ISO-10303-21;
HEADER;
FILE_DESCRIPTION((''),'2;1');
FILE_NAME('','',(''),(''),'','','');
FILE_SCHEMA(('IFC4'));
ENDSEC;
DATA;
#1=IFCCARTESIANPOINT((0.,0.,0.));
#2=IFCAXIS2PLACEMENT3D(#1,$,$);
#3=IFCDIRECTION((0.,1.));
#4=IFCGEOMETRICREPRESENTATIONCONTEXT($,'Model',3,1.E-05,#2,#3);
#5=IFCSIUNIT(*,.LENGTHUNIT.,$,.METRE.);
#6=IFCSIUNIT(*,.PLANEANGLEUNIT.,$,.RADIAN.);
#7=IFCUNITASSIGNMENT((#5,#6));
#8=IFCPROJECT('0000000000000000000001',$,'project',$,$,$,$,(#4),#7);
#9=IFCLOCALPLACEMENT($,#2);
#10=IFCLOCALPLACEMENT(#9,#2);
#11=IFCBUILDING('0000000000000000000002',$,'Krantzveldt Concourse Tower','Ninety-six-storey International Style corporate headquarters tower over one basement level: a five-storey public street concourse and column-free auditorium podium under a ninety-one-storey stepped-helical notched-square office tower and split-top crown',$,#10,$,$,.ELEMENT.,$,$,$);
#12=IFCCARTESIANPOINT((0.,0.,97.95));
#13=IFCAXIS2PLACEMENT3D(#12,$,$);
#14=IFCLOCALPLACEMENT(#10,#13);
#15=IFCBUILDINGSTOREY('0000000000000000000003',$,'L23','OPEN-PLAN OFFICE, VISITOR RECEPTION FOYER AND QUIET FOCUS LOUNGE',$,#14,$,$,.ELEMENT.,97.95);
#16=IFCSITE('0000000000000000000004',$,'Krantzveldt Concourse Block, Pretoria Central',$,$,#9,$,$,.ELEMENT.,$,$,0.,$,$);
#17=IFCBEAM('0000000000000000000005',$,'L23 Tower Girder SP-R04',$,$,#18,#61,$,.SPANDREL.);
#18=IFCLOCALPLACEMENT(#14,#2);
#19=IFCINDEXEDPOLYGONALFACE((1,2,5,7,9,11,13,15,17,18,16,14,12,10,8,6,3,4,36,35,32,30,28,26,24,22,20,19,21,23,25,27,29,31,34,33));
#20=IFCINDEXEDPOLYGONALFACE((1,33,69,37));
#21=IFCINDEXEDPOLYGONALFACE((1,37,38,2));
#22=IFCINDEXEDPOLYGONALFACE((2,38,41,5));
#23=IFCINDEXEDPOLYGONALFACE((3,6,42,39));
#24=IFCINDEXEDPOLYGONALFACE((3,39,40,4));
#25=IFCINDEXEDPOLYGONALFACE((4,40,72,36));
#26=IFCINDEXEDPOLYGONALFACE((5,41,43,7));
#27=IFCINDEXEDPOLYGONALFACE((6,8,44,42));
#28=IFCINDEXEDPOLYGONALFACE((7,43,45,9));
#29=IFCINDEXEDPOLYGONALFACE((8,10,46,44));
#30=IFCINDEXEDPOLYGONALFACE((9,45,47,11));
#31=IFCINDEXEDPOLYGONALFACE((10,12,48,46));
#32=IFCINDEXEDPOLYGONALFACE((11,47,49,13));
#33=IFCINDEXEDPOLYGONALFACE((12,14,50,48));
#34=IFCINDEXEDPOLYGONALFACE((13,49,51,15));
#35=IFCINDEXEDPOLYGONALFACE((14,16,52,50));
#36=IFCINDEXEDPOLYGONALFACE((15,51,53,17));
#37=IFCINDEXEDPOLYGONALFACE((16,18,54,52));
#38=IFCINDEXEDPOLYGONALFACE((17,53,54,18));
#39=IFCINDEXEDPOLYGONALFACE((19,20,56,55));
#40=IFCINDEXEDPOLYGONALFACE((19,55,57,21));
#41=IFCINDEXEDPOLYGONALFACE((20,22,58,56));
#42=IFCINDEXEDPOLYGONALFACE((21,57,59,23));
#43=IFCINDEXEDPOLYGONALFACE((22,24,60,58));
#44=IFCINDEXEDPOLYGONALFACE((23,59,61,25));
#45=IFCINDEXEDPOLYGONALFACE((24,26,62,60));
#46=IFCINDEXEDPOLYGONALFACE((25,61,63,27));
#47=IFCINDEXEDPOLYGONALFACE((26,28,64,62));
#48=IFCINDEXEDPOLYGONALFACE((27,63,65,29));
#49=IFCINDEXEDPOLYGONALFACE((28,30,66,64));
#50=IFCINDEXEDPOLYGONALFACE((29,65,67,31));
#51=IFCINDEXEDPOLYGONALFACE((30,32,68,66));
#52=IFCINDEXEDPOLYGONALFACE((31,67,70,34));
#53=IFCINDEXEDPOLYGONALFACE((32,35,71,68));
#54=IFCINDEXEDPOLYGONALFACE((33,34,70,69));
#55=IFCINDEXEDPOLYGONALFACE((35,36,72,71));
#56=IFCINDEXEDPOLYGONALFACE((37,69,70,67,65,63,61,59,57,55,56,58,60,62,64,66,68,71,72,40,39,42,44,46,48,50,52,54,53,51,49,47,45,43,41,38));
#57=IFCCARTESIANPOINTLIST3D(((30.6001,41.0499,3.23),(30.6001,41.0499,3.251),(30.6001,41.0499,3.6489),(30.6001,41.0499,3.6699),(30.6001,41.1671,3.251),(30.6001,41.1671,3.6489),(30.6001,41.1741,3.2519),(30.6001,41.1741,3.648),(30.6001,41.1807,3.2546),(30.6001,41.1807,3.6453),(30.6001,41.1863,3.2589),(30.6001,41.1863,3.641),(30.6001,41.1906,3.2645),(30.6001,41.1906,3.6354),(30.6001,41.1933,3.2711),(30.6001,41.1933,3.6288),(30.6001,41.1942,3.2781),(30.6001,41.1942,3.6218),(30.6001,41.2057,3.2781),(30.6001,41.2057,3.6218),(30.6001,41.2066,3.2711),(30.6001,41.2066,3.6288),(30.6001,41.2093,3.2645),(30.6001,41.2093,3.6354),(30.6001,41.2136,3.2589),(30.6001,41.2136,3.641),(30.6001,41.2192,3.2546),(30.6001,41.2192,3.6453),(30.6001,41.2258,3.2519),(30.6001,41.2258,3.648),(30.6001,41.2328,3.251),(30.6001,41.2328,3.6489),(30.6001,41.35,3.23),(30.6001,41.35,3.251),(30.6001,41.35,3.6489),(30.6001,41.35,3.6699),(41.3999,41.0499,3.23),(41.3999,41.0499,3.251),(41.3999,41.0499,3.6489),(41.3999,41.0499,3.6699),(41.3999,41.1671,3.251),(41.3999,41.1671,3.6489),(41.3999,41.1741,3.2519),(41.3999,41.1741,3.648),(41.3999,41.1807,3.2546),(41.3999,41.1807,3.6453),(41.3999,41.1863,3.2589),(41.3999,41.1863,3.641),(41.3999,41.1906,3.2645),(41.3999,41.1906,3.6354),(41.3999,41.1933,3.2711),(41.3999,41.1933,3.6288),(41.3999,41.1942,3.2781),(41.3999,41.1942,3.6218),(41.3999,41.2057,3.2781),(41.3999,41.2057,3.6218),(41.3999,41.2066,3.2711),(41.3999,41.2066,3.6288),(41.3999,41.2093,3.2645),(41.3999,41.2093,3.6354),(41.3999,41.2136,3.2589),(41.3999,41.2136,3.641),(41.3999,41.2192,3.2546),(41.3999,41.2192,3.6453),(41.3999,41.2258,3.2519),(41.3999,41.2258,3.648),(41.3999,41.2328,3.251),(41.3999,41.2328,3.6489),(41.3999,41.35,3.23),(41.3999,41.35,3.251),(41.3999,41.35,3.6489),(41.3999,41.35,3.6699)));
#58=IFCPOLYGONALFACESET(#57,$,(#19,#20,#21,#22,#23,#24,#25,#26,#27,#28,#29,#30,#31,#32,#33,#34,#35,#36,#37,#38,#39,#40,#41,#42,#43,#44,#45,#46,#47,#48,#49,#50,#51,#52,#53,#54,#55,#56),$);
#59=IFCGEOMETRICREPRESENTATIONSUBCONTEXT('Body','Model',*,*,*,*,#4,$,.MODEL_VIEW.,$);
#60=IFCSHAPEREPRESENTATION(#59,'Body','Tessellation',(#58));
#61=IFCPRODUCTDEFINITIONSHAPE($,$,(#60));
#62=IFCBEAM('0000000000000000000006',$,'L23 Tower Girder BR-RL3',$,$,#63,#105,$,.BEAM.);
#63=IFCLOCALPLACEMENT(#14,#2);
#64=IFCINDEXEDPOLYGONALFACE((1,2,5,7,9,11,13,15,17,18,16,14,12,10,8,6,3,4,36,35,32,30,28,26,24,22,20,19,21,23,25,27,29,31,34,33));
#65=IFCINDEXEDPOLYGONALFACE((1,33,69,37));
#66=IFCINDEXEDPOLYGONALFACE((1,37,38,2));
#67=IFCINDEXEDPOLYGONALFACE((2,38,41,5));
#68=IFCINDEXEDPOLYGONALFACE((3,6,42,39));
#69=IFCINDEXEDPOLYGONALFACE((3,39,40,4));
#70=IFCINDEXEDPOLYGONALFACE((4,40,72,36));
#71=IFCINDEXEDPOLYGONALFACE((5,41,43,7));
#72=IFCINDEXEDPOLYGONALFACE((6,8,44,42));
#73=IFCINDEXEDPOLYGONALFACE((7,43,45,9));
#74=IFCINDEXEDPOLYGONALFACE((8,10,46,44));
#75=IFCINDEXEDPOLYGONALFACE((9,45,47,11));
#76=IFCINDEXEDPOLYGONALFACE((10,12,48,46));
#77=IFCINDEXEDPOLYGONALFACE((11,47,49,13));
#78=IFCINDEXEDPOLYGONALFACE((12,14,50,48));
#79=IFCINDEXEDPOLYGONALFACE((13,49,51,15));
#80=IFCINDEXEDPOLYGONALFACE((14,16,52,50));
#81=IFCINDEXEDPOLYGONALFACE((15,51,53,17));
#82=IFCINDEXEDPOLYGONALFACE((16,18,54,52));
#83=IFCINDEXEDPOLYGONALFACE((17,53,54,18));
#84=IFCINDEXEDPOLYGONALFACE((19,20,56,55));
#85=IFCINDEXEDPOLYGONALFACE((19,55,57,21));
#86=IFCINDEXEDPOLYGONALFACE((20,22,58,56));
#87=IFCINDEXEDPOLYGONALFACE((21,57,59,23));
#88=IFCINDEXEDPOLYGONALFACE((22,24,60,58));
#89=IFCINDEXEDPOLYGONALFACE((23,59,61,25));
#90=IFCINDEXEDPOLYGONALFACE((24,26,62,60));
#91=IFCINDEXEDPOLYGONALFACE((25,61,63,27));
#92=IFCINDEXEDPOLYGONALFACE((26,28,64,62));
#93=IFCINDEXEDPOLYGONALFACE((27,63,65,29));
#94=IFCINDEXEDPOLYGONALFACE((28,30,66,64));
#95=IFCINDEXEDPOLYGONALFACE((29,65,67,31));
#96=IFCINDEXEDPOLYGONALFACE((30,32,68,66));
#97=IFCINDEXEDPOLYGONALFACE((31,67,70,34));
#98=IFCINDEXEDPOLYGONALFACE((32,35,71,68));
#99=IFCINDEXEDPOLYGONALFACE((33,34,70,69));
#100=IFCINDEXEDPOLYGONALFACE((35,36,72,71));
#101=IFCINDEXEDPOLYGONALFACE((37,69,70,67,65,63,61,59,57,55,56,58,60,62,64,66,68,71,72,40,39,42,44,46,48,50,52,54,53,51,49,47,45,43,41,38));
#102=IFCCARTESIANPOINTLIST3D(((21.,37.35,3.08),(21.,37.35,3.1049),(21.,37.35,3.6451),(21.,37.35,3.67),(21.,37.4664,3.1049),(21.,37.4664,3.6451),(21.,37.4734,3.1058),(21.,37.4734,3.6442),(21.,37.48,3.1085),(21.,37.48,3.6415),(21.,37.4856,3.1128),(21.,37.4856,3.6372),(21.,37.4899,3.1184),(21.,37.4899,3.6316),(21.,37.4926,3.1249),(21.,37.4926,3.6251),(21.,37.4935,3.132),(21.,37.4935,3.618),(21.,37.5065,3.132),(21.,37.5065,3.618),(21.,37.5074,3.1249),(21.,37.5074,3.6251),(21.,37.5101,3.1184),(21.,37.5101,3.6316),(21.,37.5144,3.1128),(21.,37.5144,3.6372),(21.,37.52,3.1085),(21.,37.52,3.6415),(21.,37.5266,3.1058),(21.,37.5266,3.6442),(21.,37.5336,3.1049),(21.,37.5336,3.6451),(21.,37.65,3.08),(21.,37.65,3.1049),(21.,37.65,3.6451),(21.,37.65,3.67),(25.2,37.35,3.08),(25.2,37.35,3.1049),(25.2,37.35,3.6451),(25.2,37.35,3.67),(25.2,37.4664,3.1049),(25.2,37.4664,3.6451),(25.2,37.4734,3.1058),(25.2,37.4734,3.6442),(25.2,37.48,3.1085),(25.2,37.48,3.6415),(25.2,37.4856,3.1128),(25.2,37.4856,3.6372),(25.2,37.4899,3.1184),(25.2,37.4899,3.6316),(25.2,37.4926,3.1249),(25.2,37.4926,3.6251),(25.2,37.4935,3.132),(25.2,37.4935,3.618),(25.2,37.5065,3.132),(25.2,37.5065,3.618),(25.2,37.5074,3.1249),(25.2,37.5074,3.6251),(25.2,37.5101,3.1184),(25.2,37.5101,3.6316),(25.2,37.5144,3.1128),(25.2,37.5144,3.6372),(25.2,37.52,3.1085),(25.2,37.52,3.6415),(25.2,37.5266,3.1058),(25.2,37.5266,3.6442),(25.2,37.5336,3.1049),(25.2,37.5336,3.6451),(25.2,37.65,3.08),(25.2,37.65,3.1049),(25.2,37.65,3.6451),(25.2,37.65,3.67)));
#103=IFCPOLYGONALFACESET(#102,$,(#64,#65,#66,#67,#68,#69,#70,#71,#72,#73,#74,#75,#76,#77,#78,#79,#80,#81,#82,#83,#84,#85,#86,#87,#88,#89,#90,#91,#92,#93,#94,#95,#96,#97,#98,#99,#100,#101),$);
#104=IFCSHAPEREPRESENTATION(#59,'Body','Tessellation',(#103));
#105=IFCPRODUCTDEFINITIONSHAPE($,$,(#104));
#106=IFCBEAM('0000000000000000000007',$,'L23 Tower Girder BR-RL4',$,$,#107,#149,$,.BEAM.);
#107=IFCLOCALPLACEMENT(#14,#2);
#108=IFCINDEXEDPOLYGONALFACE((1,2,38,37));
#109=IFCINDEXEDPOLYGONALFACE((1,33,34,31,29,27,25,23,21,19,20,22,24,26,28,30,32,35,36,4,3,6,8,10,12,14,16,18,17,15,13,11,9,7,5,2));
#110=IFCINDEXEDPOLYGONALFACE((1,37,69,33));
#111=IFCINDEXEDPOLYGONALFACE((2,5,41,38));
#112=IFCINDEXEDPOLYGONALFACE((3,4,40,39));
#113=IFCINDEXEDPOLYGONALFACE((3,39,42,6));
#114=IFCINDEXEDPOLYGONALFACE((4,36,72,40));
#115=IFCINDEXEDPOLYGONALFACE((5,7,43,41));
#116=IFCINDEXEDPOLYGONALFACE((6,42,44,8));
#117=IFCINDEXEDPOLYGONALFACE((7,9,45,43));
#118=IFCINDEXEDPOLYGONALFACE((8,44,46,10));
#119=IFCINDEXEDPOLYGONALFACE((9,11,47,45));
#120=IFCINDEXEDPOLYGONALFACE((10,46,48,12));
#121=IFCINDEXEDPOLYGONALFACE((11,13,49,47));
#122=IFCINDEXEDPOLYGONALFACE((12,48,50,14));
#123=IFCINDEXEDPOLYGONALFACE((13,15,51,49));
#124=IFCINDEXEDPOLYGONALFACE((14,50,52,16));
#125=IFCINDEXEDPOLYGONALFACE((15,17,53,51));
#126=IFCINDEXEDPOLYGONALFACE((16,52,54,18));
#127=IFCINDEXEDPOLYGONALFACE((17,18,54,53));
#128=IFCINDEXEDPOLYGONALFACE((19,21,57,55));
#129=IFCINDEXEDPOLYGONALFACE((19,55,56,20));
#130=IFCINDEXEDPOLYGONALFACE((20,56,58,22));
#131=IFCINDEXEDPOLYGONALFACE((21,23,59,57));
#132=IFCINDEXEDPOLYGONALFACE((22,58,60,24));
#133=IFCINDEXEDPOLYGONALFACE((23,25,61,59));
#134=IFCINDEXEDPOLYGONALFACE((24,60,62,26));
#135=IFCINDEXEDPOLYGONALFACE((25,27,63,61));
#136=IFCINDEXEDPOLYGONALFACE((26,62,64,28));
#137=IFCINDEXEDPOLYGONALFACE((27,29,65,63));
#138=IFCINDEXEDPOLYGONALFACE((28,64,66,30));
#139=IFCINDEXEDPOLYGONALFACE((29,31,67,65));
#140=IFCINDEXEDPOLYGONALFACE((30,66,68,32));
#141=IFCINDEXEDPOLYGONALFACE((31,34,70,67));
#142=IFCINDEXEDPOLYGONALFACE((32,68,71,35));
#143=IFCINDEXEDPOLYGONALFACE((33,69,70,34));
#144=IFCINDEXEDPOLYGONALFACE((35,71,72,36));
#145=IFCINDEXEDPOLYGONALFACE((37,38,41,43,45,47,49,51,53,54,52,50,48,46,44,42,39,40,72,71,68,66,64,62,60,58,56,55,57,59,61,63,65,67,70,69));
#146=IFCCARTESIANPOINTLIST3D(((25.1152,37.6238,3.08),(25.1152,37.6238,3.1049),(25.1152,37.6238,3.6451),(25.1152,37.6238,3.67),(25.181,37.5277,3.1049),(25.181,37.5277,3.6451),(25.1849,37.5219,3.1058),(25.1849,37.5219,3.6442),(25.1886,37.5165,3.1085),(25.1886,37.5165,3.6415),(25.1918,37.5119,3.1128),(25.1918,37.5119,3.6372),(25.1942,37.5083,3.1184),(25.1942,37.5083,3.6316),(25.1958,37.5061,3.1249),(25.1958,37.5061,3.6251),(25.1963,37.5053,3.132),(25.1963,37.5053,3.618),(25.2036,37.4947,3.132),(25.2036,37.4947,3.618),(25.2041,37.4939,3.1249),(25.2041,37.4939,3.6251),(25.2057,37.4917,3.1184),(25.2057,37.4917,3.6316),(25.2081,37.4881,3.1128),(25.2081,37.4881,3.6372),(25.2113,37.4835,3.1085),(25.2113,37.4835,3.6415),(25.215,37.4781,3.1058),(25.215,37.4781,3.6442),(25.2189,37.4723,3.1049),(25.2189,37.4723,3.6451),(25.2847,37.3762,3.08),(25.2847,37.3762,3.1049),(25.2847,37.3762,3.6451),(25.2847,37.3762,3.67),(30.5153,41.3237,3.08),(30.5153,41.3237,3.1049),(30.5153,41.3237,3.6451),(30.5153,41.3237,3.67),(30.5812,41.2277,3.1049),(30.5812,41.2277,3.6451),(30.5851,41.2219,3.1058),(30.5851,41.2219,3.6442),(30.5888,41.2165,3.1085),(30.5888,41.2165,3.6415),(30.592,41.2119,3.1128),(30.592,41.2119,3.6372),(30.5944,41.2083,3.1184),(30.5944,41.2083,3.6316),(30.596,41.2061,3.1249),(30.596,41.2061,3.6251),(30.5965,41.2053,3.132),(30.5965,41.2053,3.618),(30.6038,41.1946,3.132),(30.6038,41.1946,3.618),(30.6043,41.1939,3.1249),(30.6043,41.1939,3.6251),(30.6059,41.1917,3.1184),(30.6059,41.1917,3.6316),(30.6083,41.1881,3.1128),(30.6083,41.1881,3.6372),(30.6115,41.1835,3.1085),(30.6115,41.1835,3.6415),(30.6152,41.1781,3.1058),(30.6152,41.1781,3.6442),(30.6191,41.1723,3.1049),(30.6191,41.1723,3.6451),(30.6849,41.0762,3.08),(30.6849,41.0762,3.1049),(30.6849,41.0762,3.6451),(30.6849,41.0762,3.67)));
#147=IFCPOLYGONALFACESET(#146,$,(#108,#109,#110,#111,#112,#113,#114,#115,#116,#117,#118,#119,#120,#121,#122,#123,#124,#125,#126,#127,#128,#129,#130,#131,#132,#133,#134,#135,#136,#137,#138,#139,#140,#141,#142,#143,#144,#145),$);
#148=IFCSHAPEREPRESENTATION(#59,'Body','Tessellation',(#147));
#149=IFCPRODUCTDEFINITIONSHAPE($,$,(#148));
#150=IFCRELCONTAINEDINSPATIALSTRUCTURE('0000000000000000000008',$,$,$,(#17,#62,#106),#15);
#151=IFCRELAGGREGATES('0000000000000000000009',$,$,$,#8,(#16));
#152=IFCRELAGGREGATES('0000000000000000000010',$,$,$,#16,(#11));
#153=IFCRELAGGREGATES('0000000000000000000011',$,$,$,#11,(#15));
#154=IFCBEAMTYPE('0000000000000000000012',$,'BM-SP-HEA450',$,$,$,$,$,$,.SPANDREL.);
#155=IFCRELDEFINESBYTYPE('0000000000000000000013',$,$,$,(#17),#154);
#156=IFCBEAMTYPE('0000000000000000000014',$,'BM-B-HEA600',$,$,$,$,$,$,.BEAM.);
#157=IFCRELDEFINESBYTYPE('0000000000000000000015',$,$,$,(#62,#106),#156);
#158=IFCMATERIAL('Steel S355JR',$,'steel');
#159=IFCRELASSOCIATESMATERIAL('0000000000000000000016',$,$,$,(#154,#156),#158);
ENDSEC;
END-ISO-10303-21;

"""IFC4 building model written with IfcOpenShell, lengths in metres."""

from ifc_helpers import new_model, si_unit, direction, frame, origin, origin_2d, place, context, subcontext, project, spatial, i_section, extrude, source, transform, mapped, material, material_profile, profile_set, type_object, type_shapes, element, save


model = new_model("IFC4")

# Units and contexts
model_context = context("Model", 3, precision=1e-05, world=origin(), true_north=direction((0.0, 1.0)))
body_context = subcontext(model_context, "Body", "Model", "MODEL_VIEW")
ifc_project = project(units=[si_unit("LENGTHUNIT", "METRE"), si_unit("PLANEANGLEUNIT", "RADIAN")], contexts=[model_context])

# Site, building, storey
site_placement = place(None, origin())
site = spatial("IfcSite", under=ifc_project, at=site_placement, Name="Krantzveldt Concourse Block, Pretoria Central", CompositionType="ELEMENT", RefElevation=0.0)
building_placement = place(site_placement, origin())
building = spatial("IfcBuilding", under=site, at=building_placement, Name="Krantzveldt Concourse Tower", Description="Ninety-six-storey International Style corporate headquarters tower over one basement level: a five-storey public street concourse and column-free auditorium podium under a ninety-one-storey stepped-helical notched-square office tower and split-top crown", CompositionType="ELEMENT")
storey_placement = place(building_placement, frame((0.0, 0.0, 97.95)))
storey = spatial("IfcBuildingStorey", under=building, at=storey_placement, Name="L23", Description="OPEN-PLAN OFFICE, VISITOR RECEPTION FOYER AND QUIET FOCUS LOUNGE", CompositionType="ELEMENT", Elevation=97.95)

# Beams
ifc_material_1 = material(Name="Steel S355JR", Category="steel")
ifc_material_profile_1 = material_profile(ifc_material_1, i_section(OverallWidth=0.3, OverallDepth=0.4399, WebThickness=0.0115, FlangeThickness=0.021, FilletRadius=0.0271, at=origin_2d()), Name="Steel S355JR", Category="steel")
ifc_profile_set_1 = profile_set([ifc_material_profile_1], Name="Steel S355JR - HEA 450")
beam_type_1 = type_object("IfcBeamType", Name="BM-SP-HEA450", PredefinedType="SPANDREL", material=ifc_profile_set_1)
shared_shape_1 = source(origin(), body_context, "Body", "SweptSolid", [
    extrude(i_section(OverallWidth=0.3, OverallDepth=0.4399, WebThickness=0.0115, FlangeThickness=0.021, FilletRadius=0.0271, at=origin_2d()), origin(), (0.0, 0.0, 1.0), 10.7998),
])
beam_1_placement = place(storey_placement, frame((30.6001, 41.2, 3.45), z_axis=(1.0, 0.0, 0.0), x_axis=(0.0, 1.0, 0.0)))
element("IfcBeam", 1, at=beam_1_placement, inside=storey, type_object=beam_type_1, Name="L23 Tower Girder SP-R04", PredefinedType="SPANDREL", context=body_context, shape_type="MappedRepresentation", body=[
    mapped(shared_shape_1, transform((0.0, 0.0, 0.0), x_axis=(1.0, 0.0, 0.0), y_axis=(0.0, 1.0, 0.0), z_axis=(0.0, 0.0, 1.0), scale=1.0)),
])
ifc_material_profile_2 = material_profile(ifc_material_1, i_section(OverallWidth=0.3, OverallDepth=0.5901, WebThickness=0.0129, FlangeThickness=0.0249, FilletRadius=0.0271, at=origin_2d()), Name="Steel S355JR", Category="steel")
ifc_profile_set_2 = profile_set([ifc_material_profile_2], Name="Steel S355JR - HEA 600")
beam_type_2 = type_object("IfcBeamType", Name="BM-B-HEA600", PredefinedType="BEAM", material=ifc_profile_set_2)
shared_shape_2 = source(origin(), body_context, "Body", "SweptSolid", [
    extrude(i_section(OverallWidth=0.3, OverallDepth=0.5901, WebThickness=0.0129, FlangeThickness=0.0249, FilletRadius=0.0271, at=origin_2d()), origin(), (0.0, 0.0, 1.0), 4.2),
])
beam_2_placement = place(storey_placement, frame((21.0, 37.5, 3.375), z_axis=(1.0, 0.0, 0.0), x_axis=(0.0, 1.0, 0.0)))
element("IfcBeam", 2, at=beam_2_placement, inside=storey, type_object=beam_type_2, Name="L23 Tower Girder BR-RL3", PredefinedType="BEAM", context=body_context, shape_type="MappedRepresentation", body=[
    mapped(shared_shape_2, transform((0.0, 0.0, 0.0), x_axis=(1.0, 0.0, 0.0), y_axis=(0.0, 1.0, 0.0), z_axis=(0.0, 0.0, 1.0), scale=1.0)),
])
shared_shape_3 = source(origin(), body_context, "Body", "SweptSolid", [
    extrude(i_section(OverallWidth=0.3, OverallDepth=0.5901, WebThickness=0.0129, FlangeThickness=0.0249, FilletRadius=0.0271, at=origin_2d()), origin(), (0.0, 0.0, 1.0), 6.5461),
])
type_shapes(beam_type_2, [shared_shape_2, shared_shape_3])
beam_3_placement = place(storey_placement, frame((25.2, 37.5, 3.375), z_axis=(0.824943, 0.565216, 0.0), x_axis=(-0.565216, 0.824943, 0.0)))
element("IfcBeam", 3, at=beam_3_placement, inside=storey, type_object=beam_type_2, Name="L23 Tower Girder BR-RL4", PredefinedType="BEAM", context=body_context, shape_type="MappedRepresentation", body=[
    mapped(shared_shape_3, transform((0.0, 0.0, 0.0), x_axis=(1.0, 0.0, 0.0), y_axis=(0.0, 1.0, 0.0), z_axis=(0.0, 0.0, 1.0), scale=1.0)),
])

save(model, "model.ifc")
